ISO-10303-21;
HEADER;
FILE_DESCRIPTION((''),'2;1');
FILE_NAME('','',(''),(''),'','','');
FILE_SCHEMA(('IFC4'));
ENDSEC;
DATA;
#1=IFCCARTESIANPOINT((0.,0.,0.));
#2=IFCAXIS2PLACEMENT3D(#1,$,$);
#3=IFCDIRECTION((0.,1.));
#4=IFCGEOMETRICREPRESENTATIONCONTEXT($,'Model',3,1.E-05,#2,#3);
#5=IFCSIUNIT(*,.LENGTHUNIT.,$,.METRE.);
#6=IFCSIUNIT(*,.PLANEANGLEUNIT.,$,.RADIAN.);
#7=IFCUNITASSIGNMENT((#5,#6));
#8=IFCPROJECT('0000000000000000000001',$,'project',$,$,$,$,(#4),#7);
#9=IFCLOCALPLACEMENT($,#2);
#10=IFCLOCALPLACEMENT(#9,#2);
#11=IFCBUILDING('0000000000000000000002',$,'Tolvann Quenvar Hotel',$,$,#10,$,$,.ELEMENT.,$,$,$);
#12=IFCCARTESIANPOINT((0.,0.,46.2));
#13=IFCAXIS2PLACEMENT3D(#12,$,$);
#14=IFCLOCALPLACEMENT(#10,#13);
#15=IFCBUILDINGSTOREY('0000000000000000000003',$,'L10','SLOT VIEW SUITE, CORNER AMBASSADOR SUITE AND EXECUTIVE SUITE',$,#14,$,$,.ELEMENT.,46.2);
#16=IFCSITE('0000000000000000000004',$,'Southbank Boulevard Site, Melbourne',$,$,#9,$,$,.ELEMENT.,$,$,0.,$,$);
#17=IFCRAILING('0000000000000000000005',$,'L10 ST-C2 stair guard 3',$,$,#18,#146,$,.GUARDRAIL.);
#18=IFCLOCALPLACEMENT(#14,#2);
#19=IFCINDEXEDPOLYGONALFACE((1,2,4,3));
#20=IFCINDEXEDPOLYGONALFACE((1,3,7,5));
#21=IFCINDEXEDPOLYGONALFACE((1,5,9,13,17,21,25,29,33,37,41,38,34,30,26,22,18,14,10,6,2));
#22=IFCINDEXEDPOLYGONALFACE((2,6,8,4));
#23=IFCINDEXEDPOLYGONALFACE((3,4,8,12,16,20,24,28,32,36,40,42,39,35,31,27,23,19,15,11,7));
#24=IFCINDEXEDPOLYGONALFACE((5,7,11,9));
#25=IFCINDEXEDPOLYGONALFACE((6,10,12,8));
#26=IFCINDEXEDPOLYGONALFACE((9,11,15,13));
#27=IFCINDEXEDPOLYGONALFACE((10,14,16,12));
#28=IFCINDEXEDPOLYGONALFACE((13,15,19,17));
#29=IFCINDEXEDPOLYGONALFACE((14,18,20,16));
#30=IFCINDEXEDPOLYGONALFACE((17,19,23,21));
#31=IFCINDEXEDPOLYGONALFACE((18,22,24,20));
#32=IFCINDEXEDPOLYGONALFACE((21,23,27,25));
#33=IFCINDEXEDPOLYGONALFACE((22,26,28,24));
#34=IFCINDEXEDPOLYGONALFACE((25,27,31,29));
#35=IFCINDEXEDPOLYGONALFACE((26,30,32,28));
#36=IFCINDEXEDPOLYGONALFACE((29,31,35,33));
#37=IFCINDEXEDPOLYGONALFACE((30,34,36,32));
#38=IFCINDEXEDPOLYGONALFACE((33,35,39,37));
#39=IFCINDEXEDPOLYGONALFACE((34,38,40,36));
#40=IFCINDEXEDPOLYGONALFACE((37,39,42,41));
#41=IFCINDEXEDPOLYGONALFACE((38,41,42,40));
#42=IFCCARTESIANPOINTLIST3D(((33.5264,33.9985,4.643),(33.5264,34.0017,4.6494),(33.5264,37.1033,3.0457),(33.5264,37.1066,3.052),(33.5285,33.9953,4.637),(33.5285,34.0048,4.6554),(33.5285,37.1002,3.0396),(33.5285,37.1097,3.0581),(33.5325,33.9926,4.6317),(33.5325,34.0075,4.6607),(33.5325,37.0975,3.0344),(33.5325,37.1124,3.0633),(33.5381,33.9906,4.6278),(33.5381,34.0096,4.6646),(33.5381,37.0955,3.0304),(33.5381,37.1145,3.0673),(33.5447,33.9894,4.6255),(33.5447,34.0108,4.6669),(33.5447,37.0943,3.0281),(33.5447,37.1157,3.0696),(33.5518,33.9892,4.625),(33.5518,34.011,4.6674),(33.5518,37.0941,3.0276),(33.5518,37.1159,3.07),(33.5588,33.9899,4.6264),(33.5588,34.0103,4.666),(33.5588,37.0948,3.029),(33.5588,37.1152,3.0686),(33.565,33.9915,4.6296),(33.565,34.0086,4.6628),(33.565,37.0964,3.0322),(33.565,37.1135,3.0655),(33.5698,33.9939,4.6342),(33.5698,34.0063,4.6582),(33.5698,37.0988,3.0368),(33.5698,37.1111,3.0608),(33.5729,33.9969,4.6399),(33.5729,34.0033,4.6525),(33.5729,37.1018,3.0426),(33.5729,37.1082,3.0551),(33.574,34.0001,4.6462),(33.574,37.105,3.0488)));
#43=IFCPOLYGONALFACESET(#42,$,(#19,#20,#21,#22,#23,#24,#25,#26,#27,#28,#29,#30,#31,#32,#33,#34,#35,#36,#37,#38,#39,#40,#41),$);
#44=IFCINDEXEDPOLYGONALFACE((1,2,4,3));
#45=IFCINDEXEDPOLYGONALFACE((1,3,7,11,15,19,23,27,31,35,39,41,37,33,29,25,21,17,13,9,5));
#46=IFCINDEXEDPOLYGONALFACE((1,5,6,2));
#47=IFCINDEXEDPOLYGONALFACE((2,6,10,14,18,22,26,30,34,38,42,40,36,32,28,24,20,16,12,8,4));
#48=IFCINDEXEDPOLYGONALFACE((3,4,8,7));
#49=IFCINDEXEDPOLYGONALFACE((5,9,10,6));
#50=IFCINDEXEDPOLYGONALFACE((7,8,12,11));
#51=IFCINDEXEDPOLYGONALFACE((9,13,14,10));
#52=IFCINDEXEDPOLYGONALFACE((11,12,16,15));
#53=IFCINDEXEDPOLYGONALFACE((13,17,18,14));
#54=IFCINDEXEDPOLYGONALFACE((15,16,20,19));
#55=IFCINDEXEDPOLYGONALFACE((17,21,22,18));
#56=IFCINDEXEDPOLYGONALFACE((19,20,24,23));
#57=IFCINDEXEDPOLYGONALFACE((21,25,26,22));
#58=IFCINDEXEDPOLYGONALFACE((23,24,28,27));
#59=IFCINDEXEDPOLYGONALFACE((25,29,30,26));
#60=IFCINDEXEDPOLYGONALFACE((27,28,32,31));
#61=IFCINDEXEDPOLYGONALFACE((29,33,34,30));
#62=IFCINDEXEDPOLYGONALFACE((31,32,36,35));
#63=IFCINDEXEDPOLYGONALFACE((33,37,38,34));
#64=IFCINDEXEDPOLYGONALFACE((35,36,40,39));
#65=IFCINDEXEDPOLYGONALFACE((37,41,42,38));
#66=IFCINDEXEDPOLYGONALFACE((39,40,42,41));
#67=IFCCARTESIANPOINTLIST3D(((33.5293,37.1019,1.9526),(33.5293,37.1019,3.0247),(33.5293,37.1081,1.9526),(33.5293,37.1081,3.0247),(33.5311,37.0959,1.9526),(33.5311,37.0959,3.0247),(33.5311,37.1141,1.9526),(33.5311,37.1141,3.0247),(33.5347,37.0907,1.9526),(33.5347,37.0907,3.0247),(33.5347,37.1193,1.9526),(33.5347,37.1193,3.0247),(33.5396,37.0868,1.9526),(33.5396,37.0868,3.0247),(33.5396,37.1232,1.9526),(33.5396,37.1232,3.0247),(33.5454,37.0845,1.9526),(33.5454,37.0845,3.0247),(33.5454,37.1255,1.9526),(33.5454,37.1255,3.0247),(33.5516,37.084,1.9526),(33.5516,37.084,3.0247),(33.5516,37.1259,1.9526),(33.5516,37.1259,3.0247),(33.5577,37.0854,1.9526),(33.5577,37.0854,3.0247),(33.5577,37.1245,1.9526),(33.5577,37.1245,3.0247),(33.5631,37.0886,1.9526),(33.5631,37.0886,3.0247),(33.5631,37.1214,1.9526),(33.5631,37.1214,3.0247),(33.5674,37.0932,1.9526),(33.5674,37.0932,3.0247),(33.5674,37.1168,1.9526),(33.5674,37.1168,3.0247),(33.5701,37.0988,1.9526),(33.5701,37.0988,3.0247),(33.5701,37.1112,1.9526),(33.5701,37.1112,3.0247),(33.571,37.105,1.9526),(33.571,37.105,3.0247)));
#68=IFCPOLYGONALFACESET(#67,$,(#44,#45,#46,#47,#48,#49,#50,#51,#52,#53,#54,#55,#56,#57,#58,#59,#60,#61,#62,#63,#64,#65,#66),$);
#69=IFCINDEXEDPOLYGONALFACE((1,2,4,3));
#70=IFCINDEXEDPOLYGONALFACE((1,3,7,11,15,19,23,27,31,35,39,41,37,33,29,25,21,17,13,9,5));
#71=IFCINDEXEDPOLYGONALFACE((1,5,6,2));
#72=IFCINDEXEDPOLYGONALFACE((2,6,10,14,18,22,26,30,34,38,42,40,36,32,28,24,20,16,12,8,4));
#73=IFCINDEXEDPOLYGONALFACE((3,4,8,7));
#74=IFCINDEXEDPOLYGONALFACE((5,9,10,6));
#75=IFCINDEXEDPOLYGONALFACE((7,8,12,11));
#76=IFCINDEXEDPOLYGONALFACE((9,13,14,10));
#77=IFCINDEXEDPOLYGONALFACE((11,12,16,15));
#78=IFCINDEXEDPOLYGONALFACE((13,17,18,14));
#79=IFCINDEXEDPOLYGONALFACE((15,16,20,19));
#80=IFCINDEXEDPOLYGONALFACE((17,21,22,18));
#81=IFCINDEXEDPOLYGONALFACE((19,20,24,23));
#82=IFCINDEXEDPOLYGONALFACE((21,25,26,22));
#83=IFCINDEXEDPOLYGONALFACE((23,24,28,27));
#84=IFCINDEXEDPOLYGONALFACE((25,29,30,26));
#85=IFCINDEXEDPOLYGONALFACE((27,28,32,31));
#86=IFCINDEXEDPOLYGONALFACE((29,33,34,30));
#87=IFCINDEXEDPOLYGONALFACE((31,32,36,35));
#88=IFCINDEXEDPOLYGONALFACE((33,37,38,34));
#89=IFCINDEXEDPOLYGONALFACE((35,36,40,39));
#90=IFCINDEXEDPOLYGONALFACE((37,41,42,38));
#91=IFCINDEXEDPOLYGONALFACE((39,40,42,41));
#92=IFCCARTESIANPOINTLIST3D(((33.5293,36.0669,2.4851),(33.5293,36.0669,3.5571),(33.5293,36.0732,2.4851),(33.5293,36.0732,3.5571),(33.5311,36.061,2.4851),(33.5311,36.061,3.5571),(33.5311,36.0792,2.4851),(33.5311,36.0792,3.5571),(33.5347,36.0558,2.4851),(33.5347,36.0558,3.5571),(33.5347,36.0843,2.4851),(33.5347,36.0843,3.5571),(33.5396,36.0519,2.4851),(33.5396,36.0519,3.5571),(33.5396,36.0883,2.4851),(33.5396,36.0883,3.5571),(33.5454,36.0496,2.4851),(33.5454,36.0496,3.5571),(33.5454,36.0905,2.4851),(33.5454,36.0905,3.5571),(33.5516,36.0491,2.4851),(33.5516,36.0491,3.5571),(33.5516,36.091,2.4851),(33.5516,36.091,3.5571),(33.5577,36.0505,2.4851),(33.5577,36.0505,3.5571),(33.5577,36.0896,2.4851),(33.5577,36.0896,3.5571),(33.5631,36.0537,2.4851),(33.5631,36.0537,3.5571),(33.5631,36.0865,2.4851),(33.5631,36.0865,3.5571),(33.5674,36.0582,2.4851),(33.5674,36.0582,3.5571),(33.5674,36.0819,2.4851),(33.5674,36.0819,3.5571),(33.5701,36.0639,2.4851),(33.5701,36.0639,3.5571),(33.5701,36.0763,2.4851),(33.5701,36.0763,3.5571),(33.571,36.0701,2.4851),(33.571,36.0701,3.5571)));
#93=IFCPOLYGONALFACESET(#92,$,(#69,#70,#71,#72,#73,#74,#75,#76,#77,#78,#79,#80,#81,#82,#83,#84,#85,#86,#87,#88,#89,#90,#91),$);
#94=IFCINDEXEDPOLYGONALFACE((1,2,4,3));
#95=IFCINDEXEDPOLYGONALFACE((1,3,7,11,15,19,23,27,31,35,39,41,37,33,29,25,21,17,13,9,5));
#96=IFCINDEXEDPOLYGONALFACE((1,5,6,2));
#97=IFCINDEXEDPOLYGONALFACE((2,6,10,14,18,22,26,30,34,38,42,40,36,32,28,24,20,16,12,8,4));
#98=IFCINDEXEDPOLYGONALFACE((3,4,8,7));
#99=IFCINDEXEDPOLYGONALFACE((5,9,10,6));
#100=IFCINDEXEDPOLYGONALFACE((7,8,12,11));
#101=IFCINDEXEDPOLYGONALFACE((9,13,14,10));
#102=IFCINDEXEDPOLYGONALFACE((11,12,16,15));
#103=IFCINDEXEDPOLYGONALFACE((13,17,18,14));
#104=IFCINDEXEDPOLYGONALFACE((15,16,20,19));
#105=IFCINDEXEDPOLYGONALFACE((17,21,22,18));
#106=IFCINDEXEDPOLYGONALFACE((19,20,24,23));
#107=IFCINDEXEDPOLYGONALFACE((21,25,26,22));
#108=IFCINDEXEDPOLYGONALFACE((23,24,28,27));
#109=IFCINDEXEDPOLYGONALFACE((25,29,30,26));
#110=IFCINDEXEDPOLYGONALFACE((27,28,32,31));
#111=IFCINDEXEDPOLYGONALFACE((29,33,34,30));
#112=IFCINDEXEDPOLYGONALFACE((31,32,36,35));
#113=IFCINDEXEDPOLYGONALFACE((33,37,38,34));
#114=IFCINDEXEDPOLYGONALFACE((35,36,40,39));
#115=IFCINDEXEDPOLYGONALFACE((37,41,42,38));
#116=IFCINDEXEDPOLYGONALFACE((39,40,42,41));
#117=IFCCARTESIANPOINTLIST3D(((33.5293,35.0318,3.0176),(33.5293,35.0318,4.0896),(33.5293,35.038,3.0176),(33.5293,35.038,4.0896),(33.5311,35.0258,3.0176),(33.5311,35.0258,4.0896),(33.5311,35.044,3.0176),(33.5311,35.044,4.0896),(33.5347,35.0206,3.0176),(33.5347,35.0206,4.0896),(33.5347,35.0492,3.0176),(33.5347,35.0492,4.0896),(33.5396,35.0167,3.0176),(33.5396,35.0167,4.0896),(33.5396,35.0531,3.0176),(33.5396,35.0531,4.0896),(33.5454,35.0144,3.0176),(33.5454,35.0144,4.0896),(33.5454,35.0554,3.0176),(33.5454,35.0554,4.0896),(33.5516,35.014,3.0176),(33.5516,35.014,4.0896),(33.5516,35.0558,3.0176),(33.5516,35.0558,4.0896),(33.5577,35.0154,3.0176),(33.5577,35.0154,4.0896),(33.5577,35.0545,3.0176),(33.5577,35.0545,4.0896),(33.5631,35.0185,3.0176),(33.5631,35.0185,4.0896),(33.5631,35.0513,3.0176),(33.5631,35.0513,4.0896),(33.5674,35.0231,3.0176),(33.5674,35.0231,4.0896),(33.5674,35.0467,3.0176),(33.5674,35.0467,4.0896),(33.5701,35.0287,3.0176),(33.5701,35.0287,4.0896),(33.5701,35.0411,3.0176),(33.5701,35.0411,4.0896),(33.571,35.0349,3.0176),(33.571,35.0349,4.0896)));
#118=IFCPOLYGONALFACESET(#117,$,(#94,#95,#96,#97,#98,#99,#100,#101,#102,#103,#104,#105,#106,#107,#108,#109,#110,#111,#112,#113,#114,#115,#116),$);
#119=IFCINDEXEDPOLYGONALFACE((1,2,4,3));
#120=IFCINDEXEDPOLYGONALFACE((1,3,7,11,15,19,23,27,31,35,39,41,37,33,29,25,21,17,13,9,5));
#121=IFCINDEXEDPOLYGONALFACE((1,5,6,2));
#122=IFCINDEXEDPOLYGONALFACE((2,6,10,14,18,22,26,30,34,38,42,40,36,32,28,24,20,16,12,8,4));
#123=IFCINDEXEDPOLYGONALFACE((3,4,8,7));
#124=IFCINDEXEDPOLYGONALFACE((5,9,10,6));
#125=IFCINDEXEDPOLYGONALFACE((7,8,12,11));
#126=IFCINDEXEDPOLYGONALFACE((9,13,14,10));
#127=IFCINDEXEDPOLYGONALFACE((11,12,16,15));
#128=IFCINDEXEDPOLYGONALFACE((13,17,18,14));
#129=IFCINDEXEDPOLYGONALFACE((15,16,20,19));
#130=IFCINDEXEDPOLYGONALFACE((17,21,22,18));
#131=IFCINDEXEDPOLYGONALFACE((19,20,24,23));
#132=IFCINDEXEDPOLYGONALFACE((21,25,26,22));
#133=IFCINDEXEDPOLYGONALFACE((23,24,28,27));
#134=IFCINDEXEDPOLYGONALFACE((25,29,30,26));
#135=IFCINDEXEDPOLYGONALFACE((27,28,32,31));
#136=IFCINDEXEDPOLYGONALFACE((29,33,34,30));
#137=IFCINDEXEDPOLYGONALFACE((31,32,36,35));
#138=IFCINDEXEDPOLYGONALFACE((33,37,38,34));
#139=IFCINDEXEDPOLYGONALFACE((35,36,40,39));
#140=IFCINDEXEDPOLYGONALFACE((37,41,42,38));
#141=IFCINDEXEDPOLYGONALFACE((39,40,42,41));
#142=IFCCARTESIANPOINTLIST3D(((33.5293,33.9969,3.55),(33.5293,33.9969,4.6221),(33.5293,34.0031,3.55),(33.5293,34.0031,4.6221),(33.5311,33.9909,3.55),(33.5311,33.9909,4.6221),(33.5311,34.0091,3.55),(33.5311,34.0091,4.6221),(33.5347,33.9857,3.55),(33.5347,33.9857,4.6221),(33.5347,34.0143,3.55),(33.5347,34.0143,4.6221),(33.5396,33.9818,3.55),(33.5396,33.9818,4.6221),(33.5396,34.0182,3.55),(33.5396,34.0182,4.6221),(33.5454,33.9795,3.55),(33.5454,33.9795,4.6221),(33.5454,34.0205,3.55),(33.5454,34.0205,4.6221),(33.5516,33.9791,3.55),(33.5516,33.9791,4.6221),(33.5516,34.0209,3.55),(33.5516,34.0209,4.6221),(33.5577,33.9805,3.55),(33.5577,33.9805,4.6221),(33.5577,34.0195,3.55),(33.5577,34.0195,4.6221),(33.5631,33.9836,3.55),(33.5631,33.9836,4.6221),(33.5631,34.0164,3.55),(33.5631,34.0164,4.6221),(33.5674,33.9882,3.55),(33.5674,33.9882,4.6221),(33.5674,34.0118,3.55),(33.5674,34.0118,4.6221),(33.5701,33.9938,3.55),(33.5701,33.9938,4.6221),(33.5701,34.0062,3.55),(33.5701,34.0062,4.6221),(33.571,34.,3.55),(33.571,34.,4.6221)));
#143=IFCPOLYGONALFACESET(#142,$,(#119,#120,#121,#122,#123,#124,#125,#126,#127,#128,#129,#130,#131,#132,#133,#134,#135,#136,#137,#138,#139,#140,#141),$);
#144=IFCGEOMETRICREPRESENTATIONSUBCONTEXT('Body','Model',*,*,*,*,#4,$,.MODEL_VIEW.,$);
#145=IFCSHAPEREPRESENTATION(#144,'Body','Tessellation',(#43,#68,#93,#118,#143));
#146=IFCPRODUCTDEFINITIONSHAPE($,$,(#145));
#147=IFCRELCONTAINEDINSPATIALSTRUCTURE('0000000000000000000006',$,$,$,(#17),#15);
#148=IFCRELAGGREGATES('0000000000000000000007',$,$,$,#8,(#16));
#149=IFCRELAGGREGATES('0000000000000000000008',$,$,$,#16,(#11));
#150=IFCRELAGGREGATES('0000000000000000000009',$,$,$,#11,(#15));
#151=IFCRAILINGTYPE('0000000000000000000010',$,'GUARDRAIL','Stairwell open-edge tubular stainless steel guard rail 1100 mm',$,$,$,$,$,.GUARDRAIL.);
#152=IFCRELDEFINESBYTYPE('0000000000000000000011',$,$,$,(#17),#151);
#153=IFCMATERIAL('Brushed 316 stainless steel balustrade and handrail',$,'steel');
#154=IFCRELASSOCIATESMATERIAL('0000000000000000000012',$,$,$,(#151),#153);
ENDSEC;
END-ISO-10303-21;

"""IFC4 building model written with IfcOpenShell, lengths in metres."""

from ifc_helpers import new_model, si_unit, direction, frame, origin, origin_2d, place, context, subcontext, project, spatial, circle, extrude, material, type_object, element, save


model = new_model("IFC4")

# Units and contexts
model_context = context("Model", 3, precision=1e-05, world=origin(), true_north=direction((0.0, 1.0)))
body_context = subcontext(model_context, "Body", "Model", "MODEL_VIEW")
ifc_project = project(units=[si_unit("LENGTHUNIT", "METRE"), si_unit("PLANEANGLEUNIT", "RADIAN")], contexts=[model_context])

# Site, building, storey
site_placement = place(None, origin())
site = spatial("IfcSite", under=ifc_project, at=site_placement, Name="Southbank Boulevard Site, Melbourne", CompositionType="ELEMENT", RefElevation=0.0)
building_placement = place(site_placement, origin())
building = spatial("IfcBuilding", under=site, at=building_placement, Name="Tolvann Quenvar Hotel", CompositionType="ELEMENT")
storey_placement = place(building_placement, frame((0.0, 0.0, 46.2)))
storey = spatial("IfcBuildingStorey", under=building, at=storey_placement, Name="L10", Description="SLOT VIEW SUITE, CORNER AMBASSADOR SUITE AND EXECUTIVE SUITE", CompositionType="ELEMENT", Elevation=46.2)

# Railing
ifc_material_1 = material(Name="Brushed 316 stainless steel balustrade and handrail", Category="steel")
railing_type_1 = type_object("IfcRailingType", Name="GUARDRAIL", Description="Stairwell open-edge tubular stainless steel guard rail 1100 mm", PredefinedType="GUARDRAIL", material=ifc_material_1)
railing_1_placement = place(storey_placement, frame((33.55, 37.105, 1.9526)))
element("IfcRailing", 1, at=railing_1_placement, inside=storey, type_object=railing_type_1, Name="L10 ST-C2 stair guard 3", PredefinedType="GUARDRAIL", context=body_context, shape_type="SweptSolid", body=[
    extrude(circle(Radius=0.0239, at=origin_2d()), frame((0.0, 0.0, 1.0962), z_axis=(0.0, -0.889222, 0.457476), x_axis=(1.0, 0.0, 0.0)), (0.0, 0.0, 1.0), 3.4917),
    extrude(circle(Radius=0.021, at=origin_2d()), origin(), (0.0, 0.0, 1.0), 1.072),
    extrude(circle(Radius=0.021, at=origin_2d()), frame((0.0, -1.0349, 0.5325)), (0.0, 0.0, 1.0), 1.072),
    extrude(circle(Radius=0.021, at=origin_2d()), frame((0.0, -2.0701, 1.0649)), (0.0, 0.0, 1.0), 1.072),
    extrude(circle(Radius=0.021, at=origin_2d()), frame((0.0, -3.105, 1.5974)), (0.0, 0.0, 1.0), 1.072),
])

save(model, "model.ifc")
